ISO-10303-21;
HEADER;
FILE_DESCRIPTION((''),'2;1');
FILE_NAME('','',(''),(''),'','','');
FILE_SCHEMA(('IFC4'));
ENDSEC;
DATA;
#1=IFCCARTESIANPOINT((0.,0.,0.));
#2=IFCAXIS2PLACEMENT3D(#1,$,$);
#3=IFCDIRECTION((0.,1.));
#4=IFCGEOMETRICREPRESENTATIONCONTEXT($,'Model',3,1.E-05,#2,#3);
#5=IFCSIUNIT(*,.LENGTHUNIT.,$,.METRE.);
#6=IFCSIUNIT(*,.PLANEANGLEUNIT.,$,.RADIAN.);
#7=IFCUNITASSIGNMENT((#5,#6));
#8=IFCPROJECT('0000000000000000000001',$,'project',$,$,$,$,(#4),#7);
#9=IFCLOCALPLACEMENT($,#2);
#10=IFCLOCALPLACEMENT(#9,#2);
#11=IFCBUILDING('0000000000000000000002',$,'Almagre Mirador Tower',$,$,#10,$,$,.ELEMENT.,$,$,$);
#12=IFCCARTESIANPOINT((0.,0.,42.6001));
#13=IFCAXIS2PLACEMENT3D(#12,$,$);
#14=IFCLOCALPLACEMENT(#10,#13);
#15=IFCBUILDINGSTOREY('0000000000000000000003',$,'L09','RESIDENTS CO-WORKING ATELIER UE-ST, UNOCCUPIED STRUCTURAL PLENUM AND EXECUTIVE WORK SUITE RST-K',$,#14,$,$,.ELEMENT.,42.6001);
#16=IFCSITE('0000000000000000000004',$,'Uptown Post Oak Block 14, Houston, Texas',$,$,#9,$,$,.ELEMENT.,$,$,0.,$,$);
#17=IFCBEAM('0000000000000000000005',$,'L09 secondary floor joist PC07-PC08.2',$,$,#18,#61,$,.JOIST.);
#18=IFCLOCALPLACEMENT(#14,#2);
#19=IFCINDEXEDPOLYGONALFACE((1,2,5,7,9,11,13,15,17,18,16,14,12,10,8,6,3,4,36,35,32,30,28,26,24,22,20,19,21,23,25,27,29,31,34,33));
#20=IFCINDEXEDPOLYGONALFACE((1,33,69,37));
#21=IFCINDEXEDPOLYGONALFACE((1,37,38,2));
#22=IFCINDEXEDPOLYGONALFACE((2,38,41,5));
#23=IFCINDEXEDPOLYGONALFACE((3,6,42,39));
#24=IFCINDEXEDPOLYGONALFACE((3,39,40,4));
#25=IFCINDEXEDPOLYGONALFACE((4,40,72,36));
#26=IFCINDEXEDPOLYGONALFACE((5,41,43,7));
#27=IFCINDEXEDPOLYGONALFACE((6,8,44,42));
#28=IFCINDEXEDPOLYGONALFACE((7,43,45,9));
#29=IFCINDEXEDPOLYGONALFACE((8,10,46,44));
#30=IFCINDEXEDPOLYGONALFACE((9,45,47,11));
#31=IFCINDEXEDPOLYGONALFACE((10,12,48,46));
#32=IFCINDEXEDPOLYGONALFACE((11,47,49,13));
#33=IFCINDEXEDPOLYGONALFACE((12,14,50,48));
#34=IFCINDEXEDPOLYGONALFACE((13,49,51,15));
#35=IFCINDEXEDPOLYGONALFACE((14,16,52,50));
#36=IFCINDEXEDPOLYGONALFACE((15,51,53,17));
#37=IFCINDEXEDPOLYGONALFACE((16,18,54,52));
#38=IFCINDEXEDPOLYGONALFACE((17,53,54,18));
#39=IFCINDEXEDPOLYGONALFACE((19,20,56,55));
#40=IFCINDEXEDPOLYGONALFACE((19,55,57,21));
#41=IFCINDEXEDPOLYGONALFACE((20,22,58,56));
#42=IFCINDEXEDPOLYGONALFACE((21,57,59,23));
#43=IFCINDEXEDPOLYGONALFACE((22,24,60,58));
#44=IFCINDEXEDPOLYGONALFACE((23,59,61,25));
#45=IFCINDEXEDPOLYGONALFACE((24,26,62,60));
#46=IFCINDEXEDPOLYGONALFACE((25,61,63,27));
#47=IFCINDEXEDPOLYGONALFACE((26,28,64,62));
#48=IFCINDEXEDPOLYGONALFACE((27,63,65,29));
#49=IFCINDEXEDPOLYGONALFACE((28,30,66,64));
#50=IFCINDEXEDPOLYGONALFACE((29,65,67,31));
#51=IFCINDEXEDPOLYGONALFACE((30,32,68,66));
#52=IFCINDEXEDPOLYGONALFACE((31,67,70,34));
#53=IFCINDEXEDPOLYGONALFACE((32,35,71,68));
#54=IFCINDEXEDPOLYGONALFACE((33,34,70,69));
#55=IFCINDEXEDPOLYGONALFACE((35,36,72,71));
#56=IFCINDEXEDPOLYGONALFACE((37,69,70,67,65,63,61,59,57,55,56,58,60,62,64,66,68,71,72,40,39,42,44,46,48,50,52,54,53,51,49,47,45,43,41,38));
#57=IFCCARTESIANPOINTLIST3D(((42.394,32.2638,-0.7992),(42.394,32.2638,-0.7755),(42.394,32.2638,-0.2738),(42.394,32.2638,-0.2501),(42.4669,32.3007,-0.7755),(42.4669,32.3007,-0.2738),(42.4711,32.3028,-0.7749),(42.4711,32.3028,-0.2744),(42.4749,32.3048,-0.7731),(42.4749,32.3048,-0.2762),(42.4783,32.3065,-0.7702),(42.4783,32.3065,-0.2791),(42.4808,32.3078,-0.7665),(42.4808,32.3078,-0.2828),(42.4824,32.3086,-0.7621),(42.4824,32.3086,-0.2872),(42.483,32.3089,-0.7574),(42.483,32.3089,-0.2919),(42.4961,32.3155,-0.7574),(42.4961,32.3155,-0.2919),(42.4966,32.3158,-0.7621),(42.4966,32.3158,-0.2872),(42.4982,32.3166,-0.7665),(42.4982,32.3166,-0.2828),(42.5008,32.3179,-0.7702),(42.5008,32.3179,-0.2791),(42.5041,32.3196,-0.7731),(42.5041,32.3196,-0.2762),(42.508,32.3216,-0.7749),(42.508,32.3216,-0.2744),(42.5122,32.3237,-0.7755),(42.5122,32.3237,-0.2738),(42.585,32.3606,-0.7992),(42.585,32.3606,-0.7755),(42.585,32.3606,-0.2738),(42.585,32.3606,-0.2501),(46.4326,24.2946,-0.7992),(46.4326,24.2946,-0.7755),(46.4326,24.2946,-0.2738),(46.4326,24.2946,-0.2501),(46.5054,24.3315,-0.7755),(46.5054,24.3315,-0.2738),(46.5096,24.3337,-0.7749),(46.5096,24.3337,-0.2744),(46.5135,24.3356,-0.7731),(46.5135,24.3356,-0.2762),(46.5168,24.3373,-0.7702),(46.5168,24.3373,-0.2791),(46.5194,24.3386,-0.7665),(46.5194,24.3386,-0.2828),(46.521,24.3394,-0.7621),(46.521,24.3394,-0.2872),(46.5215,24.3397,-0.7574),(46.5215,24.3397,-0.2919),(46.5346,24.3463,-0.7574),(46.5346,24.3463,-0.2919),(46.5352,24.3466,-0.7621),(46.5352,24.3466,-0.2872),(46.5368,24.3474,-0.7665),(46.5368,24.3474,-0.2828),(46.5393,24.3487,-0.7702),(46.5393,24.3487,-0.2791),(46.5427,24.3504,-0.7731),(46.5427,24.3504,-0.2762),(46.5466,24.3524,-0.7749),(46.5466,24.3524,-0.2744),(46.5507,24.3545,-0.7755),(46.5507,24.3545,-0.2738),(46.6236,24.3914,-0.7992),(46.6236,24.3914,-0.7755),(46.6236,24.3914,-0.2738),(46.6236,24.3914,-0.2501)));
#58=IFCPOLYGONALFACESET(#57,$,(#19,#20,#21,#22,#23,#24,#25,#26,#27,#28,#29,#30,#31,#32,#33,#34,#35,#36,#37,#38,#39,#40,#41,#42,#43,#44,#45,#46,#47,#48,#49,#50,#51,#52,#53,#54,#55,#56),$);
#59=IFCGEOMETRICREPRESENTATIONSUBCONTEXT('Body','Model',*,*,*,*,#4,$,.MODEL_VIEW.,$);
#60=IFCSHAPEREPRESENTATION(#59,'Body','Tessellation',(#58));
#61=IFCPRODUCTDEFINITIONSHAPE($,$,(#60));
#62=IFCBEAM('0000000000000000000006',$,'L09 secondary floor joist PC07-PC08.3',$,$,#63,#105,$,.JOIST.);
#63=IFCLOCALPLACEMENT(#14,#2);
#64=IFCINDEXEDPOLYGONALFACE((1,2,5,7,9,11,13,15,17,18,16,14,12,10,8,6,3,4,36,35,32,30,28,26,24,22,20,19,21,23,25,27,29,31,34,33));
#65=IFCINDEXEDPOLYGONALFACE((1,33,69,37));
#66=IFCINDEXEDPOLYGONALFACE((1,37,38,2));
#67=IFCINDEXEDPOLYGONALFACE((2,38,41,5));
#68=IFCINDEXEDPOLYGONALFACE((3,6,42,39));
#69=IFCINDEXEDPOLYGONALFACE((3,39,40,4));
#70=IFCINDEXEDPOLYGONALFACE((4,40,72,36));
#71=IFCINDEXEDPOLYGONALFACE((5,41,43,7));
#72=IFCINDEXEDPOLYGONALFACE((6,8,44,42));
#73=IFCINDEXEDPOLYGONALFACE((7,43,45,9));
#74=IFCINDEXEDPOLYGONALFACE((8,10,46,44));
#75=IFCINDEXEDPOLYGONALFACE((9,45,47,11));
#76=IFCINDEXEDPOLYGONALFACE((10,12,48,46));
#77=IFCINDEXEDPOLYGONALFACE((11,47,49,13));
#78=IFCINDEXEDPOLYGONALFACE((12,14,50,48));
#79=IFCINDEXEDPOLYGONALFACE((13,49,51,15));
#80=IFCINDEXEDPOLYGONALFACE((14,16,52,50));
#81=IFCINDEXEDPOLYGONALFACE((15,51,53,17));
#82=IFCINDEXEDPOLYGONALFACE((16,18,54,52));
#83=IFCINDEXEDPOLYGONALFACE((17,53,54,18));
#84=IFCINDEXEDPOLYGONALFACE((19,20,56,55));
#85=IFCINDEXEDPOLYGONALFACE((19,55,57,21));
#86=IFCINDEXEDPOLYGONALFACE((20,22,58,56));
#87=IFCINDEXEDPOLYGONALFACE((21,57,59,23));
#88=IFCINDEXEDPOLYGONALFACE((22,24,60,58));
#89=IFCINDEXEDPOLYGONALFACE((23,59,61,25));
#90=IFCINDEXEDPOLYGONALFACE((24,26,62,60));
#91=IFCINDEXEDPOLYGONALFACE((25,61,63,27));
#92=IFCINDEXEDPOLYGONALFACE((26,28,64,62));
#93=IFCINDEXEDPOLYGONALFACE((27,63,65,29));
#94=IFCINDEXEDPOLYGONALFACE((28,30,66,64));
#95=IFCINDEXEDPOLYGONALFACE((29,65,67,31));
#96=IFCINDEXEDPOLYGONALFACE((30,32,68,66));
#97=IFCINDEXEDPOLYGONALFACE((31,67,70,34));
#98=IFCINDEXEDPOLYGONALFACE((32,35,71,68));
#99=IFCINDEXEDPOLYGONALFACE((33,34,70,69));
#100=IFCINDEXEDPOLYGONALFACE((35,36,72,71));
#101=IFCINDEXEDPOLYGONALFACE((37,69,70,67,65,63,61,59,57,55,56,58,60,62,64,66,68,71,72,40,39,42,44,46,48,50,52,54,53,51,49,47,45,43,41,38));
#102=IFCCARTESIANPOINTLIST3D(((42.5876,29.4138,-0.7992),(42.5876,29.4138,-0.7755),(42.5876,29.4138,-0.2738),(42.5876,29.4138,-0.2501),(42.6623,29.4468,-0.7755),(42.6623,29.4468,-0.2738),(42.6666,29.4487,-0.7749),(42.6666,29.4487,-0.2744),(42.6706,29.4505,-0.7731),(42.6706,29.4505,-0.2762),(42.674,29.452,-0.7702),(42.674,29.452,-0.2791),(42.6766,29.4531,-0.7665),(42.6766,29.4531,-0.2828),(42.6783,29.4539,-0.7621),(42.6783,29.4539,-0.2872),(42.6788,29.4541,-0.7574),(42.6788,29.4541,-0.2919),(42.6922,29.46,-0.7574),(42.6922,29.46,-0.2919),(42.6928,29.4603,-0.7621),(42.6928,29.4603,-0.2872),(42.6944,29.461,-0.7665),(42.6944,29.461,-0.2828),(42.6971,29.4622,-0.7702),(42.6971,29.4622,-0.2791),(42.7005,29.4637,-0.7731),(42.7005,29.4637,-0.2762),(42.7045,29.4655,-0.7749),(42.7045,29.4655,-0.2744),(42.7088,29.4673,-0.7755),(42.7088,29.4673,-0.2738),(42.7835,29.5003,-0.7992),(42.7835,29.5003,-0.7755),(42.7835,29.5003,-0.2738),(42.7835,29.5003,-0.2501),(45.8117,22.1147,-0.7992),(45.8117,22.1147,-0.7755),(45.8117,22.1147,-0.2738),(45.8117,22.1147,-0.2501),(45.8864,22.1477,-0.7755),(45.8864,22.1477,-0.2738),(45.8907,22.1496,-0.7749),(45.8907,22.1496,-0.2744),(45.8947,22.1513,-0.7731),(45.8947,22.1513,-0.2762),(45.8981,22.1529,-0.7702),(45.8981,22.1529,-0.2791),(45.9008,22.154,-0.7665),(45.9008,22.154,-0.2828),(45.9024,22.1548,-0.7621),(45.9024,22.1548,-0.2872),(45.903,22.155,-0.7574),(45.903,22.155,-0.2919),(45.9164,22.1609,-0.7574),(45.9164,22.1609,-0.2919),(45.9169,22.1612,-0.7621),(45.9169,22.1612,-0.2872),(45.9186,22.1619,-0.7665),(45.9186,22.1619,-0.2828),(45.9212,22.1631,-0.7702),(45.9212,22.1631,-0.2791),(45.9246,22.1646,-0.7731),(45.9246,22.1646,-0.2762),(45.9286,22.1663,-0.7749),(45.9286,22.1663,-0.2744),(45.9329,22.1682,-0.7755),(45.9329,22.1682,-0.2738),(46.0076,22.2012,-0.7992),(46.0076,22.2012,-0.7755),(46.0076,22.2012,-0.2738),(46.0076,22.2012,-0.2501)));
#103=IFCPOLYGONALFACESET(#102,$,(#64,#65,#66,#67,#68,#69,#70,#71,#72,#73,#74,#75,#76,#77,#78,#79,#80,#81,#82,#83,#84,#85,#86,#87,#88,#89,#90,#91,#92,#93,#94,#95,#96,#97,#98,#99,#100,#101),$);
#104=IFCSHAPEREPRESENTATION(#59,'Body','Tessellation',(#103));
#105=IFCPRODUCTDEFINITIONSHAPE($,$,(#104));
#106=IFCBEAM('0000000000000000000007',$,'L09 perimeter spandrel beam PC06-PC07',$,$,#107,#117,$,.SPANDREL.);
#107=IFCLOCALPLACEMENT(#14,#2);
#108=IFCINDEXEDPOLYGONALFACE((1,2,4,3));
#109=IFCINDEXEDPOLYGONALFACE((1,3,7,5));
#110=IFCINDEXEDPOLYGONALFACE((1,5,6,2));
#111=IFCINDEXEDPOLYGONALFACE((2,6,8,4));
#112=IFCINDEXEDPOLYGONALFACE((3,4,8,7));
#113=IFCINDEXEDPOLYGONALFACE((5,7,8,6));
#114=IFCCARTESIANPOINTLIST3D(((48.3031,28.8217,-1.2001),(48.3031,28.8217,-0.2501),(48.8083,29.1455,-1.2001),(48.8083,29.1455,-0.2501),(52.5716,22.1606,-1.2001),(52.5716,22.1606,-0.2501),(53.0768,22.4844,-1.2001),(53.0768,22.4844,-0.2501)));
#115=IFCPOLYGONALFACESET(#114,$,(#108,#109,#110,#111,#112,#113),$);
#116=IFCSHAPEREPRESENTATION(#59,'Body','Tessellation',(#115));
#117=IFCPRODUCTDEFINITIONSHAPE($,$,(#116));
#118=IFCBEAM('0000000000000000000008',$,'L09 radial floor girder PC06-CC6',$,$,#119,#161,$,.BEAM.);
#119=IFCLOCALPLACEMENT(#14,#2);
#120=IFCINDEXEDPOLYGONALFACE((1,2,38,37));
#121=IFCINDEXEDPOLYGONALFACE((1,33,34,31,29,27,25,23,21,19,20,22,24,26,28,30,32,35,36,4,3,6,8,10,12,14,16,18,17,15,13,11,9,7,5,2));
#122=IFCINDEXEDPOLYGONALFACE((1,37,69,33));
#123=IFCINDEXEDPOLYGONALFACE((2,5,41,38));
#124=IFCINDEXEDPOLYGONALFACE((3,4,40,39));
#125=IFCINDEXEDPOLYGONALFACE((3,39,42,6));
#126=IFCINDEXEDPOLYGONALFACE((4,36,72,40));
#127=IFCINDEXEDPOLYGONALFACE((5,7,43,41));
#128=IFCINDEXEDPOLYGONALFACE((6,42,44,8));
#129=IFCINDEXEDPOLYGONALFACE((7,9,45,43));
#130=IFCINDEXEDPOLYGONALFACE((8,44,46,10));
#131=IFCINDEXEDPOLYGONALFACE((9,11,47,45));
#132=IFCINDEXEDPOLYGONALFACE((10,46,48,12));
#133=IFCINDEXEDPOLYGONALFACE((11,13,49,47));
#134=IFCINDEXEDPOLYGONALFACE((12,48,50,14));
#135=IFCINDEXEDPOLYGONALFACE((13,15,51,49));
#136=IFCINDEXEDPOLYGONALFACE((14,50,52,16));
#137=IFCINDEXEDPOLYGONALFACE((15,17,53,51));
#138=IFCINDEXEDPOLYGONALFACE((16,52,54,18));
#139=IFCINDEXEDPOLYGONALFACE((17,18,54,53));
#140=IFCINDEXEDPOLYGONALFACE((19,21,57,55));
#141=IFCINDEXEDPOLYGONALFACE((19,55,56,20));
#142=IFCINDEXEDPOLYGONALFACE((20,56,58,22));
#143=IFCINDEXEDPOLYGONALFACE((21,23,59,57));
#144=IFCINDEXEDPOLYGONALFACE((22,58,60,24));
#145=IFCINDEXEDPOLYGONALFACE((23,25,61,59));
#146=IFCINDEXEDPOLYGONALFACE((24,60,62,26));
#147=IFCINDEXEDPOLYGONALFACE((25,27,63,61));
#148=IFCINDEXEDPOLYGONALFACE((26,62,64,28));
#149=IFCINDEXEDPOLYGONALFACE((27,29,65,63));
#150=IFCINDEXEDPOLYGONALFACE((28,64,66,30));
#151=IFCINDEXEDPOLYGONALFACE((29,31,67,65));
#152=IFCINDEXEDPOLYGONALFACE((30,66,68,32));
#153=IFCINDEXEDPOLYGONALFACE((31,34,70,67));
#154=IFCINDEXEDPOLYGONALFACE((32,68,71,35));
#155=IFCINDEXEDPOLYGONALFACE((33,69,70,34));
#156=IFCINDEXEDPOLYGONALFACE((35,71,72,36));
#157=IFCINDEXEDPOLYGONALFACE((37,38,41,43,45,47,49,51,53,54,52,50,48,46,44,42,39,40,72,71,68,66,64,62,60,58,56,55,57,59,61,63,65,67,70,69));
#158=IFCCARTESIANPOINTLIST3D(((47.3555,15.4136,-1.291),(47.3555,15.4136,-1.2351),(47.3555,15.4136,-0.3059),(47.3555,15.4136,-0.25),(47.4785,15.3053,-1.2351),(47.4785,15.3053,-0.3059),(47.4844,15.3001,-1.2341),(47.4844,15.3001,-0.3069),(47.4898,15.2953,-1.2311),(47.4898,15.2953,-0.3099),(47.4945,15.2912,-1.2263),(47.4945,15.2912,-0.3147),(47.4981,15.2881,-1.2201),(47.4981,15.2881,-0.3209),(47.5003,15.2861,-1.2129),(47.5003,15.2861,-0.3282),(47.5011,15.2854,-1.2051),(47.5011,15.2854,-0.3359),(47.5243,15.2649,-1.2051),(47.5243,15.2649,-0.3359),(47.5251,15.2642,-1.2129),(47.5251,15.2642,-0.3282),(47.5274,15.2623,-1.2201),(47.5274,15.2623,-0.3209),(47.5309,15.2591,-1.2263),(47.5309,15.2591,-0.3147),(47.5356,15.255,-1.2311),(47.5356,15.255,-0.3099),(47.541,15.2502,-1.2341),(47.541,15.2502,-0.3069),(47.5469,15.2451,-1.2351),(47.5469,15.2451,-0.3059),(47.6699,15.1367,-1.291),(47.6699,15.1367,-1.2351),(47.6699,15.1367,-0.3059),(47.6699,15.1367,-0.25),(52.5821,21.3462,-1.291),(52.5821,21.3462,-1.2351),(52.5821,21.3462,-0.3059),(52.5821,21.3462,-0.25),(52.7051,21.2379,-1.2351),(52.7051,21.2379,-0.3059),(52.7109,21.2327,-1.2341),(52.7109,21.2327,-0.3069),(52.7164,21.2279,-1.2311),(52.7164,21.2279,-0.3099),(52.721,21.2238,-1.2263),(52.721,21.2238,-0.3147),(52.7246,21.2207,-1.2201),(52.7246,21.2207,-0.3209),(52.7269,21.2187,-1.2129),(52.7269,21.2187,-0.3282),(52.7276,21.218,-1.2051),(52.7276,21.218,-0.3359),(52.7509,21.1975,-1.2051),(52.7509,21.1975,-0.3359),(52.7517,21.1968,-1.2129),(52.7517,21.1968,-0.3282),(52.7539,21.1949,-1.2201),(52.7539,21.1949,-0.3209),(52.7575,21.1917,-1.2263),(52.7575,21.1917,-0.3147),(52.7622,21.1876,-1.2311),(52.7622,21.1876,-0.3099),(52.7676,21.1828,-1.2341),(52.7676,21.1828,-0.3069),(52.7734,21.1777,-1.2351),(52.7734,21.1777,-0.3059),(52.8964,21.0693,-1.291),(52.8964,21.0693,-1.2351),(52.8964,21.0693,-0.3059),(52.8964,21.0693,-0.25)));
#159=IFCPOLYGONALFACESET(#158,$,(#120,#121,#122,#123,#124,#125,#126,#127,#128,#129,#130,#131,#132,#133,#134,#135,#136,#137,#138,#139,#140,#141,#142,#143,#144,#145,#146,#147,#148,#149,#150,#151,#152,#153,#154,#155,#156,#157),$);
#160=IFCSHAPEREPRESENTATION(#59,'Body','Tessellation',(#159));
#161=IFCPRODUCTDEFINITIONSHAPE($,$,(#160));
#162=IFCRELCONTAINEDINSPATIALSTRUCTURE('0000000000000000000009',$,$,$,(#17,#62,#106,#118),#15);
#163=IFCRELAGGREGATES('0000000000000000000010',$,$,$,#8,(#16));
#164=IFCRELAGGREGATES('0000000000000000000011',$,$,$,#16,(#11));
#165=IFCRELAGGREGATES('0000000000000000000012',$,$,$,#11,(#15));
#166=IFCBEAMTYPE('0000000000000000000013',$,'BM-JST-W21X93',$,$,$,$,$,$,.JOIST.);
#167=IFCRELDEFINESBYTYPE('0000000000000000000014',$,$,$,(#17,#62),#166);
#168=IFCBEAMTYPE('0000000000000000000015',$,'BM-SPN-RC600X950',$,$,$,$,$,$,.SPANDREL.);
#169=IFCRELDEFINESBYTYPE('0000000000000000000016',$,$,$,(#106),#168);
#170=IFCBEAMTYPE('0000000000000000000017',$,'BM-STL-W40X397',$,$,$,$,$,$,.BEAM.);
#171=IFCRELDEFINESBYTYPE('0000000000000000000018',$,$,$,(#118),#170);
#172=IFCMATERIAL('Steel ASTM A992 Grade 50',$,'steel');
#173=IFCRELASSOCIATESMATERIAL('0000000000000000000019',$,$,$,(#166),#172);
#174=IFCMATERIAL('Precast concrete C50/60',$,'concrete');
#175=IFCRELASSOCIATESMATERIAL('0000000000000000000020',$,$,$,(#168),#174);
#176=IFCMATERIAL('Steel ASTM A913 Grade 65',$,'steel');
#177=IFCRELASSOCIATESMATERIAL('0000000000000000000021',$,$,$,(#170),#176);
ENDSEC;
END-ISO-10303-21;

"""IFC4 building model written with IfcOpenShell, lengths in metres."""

from ifc_helpers import new_model, si_unit, direction, frame, origin, origin_2d, place, context, subcontext, project, spatial, rectangle, i_section, extrude, material, material_profile, profile_set, type_object, element, save


model = new_model("IFC4")

# Units and contexts
model_context = context("Model", 3, precision=1e-05, world=origin(), true_north=direction((0.0, 1.0)))
body_context = subcontext(model_context, "Body", "Model", "MODEL_VIEW")
ifc_project = project(units=[si_unit("LENGTHUNIT", "METRE"), si_unit("PLANEANGLEUNIT", "RADIAN")], contexts=[model_context])

# Site, building, storey
site_placement = place(None, origin())
site = spatial("IfcSite", under=ifc_project, at=site_placement, Name="Uptown Post Oak Block 14, Houston, Texas", CompositionType="ELEMENT", RefElevation=0.0)
building_placement = place(site_placement, origin())
building = spatial("IfcBuilding", under=site, at=building_placement, Name="Almagre Mirador Tower", CompositionType="ELEMENT")
storey_placement = place(building_placement, frame((0.0, 0.0, 42.6001)))
storey = spatial("IfcBuildingStorey", under=building, at=storey_placement, Name="L09", Description="RESIDENTS CO-WORKING ATELIER UE-ST, UNOCCUPIED STRUCTURAL PLENUM AND EXECUTIVE WORK SUITE RST-K", CompositionType="ELEMENT", Elevation=42.6001)

# Beams
ifc_material_1 = material(Name="Steel ASTM A992 Grade 50", Category="steel")
ifc_material_profile_1 = material_profile(ifc_material_1, i_section(OverallWidth=0.2141, OverallDepth=0.5491, WebThickness=0.0146, FlangeThickness=0.0237, FilletRadius=0.0181, at=origin_2d()), Name="W21X93")
ifc_profile_set_1 = profile_set([ifc_material_profile_1], Name="Steel ASTM A992 Grade 50")
beam_type_1 = type_object("IfcBeamType", Name="BM-JST-W21X93", PredefinedType="JOIST", material=ifc_profile_set_1)
beam_1_placement = place(storey_placement, frame((46.5281, 24.343, -0.5247), z_axis=(-0.452038, 0.891998, 0.0), x_axis=(-0.891998, -0.452038, 0.0)))
element("IfcBeam", 1, at=beam_1_placement, inside=storey, type_object=beam_type_1, Name="L09 secondary floor joist PC07-PC08.2", PredefinedType="JOIST", context=body_context, shape_type="SweptSolid", body=[
    extrude(i_section(OverallWidth=0.2141, OverallDepth=0.5491, WebThickness=0.0146, FlangeThickness=0.0237, FilletRadius=0.0181, at=origin_2d()), origin(), (0.0, 0.0, 1.0), 8.9341),
])
beam_2_placement = place(storey_placement, frame((45.9097, 22.158, -0.5247), z_axis=(-0.404054, 0.914735, 0.0), x_axis=(-0.914735, -0.404054, 0.0)))
element("IfcBeam", 2, at=beam_2_placement, inside=storey, type_object=beam_type_1, Name="L09 secondary floor joist PC07-PC08.3", PredefinedType="JOIST", context=body_context, shape_type="SweptSolid", body=[
    extrude(i_section(OverallWidth=0.2141, OverallDepth=0.5491, WebThickness=0.0146, FlangeThickness=0.0237, FilletRadius=0.0181, at=origin_2d()), origin(), (0.0, 0.0, 1.0), 7.9795),
])
ifc_material_2 = material(Name="Precast concrete C50/60", Category="concrete")
ifc_material_profile_2 = material_profile(ifc_material_2, rectangle(XDim=0.6001, YDim=0.95, at=origin_2d()), Name="RC600X950")
ifc_profile_set_2 = profile_set([ifc_material_profile_2], Name="Precast concrete C50/60")
beam_type_2 = type_object("IfcBeamType", Name="BM-SPN-RC600X950", PredefinedType="SPANDREL", material=ifc_profile_set_2)
beam_3_placement = place(storey_placement, frame((52.8242, 22.3225, -0.7251), z_axis=(-0.53954, 0.84196, 0.0), x_axis=(-0.84196, -0.53954, 0.0)))
element("IfcBeam", 3, at=beam_3_placement, inside=storey, type_object=beam_type_2, Name="L09 perimeter spandrel beam PC06-PC07", PredefinedType="SPANDREL", context=body_context, shape_type="SweptSolid", body=[
    extrude(rectangle(XDim=0.6001, YDim=0.95, at=origin_2d()), origin(), (0.0, 0.0, 1.0), 7.9114),
])
ifc_material_3 = material(Name="Steel ASTM A913 Grade 65", Category="steel")
ifc_material_profile_3 = material_profile(ifc_material_3, i_section(OverallWidth=0.4189, OverallDepth=1.041, WebThickness=0.031, FlangeThickness=0.0559, FilletRadius=0.03, at=origin_2d()), Name="W40X397")
ifc_profile_set_3 = profile_set([ifc_material_profile_3], Name="Steel ASTM A913 Grade 65")
beam_type_3 = type_object("IfcBeamType", Name="BM-STL-W40X397", PredefinedType="BEAM", material=ifc_profile_set_3)
beam_4_placement = place(storey_placement, frame((52.7393, 21.2078, -0.7705), z_axis=(-0.661045, -0.750346, 0.0), x_axis=(0.750346, -0.661045, 0.0)))
element("IfcBeam", 4, at=beam_4_placement, inside=storey, type_object=beam_type_3, Name="L09 radial floor girder PC06-CC6", PredefinedType="BEAM", context=body_context, shape_type="SweptSolid", body=[
    extrude(i_section(OverallWidth=0.4189, OverallDepth=1.041, WebThickness=0.031, FlangeThickness=0.0559, FilletRadius=0.03, at=origin_2d()), origin(), (0.0, 0.0, 1.0), 7.9065),
])

save(model, "model.ifc")
